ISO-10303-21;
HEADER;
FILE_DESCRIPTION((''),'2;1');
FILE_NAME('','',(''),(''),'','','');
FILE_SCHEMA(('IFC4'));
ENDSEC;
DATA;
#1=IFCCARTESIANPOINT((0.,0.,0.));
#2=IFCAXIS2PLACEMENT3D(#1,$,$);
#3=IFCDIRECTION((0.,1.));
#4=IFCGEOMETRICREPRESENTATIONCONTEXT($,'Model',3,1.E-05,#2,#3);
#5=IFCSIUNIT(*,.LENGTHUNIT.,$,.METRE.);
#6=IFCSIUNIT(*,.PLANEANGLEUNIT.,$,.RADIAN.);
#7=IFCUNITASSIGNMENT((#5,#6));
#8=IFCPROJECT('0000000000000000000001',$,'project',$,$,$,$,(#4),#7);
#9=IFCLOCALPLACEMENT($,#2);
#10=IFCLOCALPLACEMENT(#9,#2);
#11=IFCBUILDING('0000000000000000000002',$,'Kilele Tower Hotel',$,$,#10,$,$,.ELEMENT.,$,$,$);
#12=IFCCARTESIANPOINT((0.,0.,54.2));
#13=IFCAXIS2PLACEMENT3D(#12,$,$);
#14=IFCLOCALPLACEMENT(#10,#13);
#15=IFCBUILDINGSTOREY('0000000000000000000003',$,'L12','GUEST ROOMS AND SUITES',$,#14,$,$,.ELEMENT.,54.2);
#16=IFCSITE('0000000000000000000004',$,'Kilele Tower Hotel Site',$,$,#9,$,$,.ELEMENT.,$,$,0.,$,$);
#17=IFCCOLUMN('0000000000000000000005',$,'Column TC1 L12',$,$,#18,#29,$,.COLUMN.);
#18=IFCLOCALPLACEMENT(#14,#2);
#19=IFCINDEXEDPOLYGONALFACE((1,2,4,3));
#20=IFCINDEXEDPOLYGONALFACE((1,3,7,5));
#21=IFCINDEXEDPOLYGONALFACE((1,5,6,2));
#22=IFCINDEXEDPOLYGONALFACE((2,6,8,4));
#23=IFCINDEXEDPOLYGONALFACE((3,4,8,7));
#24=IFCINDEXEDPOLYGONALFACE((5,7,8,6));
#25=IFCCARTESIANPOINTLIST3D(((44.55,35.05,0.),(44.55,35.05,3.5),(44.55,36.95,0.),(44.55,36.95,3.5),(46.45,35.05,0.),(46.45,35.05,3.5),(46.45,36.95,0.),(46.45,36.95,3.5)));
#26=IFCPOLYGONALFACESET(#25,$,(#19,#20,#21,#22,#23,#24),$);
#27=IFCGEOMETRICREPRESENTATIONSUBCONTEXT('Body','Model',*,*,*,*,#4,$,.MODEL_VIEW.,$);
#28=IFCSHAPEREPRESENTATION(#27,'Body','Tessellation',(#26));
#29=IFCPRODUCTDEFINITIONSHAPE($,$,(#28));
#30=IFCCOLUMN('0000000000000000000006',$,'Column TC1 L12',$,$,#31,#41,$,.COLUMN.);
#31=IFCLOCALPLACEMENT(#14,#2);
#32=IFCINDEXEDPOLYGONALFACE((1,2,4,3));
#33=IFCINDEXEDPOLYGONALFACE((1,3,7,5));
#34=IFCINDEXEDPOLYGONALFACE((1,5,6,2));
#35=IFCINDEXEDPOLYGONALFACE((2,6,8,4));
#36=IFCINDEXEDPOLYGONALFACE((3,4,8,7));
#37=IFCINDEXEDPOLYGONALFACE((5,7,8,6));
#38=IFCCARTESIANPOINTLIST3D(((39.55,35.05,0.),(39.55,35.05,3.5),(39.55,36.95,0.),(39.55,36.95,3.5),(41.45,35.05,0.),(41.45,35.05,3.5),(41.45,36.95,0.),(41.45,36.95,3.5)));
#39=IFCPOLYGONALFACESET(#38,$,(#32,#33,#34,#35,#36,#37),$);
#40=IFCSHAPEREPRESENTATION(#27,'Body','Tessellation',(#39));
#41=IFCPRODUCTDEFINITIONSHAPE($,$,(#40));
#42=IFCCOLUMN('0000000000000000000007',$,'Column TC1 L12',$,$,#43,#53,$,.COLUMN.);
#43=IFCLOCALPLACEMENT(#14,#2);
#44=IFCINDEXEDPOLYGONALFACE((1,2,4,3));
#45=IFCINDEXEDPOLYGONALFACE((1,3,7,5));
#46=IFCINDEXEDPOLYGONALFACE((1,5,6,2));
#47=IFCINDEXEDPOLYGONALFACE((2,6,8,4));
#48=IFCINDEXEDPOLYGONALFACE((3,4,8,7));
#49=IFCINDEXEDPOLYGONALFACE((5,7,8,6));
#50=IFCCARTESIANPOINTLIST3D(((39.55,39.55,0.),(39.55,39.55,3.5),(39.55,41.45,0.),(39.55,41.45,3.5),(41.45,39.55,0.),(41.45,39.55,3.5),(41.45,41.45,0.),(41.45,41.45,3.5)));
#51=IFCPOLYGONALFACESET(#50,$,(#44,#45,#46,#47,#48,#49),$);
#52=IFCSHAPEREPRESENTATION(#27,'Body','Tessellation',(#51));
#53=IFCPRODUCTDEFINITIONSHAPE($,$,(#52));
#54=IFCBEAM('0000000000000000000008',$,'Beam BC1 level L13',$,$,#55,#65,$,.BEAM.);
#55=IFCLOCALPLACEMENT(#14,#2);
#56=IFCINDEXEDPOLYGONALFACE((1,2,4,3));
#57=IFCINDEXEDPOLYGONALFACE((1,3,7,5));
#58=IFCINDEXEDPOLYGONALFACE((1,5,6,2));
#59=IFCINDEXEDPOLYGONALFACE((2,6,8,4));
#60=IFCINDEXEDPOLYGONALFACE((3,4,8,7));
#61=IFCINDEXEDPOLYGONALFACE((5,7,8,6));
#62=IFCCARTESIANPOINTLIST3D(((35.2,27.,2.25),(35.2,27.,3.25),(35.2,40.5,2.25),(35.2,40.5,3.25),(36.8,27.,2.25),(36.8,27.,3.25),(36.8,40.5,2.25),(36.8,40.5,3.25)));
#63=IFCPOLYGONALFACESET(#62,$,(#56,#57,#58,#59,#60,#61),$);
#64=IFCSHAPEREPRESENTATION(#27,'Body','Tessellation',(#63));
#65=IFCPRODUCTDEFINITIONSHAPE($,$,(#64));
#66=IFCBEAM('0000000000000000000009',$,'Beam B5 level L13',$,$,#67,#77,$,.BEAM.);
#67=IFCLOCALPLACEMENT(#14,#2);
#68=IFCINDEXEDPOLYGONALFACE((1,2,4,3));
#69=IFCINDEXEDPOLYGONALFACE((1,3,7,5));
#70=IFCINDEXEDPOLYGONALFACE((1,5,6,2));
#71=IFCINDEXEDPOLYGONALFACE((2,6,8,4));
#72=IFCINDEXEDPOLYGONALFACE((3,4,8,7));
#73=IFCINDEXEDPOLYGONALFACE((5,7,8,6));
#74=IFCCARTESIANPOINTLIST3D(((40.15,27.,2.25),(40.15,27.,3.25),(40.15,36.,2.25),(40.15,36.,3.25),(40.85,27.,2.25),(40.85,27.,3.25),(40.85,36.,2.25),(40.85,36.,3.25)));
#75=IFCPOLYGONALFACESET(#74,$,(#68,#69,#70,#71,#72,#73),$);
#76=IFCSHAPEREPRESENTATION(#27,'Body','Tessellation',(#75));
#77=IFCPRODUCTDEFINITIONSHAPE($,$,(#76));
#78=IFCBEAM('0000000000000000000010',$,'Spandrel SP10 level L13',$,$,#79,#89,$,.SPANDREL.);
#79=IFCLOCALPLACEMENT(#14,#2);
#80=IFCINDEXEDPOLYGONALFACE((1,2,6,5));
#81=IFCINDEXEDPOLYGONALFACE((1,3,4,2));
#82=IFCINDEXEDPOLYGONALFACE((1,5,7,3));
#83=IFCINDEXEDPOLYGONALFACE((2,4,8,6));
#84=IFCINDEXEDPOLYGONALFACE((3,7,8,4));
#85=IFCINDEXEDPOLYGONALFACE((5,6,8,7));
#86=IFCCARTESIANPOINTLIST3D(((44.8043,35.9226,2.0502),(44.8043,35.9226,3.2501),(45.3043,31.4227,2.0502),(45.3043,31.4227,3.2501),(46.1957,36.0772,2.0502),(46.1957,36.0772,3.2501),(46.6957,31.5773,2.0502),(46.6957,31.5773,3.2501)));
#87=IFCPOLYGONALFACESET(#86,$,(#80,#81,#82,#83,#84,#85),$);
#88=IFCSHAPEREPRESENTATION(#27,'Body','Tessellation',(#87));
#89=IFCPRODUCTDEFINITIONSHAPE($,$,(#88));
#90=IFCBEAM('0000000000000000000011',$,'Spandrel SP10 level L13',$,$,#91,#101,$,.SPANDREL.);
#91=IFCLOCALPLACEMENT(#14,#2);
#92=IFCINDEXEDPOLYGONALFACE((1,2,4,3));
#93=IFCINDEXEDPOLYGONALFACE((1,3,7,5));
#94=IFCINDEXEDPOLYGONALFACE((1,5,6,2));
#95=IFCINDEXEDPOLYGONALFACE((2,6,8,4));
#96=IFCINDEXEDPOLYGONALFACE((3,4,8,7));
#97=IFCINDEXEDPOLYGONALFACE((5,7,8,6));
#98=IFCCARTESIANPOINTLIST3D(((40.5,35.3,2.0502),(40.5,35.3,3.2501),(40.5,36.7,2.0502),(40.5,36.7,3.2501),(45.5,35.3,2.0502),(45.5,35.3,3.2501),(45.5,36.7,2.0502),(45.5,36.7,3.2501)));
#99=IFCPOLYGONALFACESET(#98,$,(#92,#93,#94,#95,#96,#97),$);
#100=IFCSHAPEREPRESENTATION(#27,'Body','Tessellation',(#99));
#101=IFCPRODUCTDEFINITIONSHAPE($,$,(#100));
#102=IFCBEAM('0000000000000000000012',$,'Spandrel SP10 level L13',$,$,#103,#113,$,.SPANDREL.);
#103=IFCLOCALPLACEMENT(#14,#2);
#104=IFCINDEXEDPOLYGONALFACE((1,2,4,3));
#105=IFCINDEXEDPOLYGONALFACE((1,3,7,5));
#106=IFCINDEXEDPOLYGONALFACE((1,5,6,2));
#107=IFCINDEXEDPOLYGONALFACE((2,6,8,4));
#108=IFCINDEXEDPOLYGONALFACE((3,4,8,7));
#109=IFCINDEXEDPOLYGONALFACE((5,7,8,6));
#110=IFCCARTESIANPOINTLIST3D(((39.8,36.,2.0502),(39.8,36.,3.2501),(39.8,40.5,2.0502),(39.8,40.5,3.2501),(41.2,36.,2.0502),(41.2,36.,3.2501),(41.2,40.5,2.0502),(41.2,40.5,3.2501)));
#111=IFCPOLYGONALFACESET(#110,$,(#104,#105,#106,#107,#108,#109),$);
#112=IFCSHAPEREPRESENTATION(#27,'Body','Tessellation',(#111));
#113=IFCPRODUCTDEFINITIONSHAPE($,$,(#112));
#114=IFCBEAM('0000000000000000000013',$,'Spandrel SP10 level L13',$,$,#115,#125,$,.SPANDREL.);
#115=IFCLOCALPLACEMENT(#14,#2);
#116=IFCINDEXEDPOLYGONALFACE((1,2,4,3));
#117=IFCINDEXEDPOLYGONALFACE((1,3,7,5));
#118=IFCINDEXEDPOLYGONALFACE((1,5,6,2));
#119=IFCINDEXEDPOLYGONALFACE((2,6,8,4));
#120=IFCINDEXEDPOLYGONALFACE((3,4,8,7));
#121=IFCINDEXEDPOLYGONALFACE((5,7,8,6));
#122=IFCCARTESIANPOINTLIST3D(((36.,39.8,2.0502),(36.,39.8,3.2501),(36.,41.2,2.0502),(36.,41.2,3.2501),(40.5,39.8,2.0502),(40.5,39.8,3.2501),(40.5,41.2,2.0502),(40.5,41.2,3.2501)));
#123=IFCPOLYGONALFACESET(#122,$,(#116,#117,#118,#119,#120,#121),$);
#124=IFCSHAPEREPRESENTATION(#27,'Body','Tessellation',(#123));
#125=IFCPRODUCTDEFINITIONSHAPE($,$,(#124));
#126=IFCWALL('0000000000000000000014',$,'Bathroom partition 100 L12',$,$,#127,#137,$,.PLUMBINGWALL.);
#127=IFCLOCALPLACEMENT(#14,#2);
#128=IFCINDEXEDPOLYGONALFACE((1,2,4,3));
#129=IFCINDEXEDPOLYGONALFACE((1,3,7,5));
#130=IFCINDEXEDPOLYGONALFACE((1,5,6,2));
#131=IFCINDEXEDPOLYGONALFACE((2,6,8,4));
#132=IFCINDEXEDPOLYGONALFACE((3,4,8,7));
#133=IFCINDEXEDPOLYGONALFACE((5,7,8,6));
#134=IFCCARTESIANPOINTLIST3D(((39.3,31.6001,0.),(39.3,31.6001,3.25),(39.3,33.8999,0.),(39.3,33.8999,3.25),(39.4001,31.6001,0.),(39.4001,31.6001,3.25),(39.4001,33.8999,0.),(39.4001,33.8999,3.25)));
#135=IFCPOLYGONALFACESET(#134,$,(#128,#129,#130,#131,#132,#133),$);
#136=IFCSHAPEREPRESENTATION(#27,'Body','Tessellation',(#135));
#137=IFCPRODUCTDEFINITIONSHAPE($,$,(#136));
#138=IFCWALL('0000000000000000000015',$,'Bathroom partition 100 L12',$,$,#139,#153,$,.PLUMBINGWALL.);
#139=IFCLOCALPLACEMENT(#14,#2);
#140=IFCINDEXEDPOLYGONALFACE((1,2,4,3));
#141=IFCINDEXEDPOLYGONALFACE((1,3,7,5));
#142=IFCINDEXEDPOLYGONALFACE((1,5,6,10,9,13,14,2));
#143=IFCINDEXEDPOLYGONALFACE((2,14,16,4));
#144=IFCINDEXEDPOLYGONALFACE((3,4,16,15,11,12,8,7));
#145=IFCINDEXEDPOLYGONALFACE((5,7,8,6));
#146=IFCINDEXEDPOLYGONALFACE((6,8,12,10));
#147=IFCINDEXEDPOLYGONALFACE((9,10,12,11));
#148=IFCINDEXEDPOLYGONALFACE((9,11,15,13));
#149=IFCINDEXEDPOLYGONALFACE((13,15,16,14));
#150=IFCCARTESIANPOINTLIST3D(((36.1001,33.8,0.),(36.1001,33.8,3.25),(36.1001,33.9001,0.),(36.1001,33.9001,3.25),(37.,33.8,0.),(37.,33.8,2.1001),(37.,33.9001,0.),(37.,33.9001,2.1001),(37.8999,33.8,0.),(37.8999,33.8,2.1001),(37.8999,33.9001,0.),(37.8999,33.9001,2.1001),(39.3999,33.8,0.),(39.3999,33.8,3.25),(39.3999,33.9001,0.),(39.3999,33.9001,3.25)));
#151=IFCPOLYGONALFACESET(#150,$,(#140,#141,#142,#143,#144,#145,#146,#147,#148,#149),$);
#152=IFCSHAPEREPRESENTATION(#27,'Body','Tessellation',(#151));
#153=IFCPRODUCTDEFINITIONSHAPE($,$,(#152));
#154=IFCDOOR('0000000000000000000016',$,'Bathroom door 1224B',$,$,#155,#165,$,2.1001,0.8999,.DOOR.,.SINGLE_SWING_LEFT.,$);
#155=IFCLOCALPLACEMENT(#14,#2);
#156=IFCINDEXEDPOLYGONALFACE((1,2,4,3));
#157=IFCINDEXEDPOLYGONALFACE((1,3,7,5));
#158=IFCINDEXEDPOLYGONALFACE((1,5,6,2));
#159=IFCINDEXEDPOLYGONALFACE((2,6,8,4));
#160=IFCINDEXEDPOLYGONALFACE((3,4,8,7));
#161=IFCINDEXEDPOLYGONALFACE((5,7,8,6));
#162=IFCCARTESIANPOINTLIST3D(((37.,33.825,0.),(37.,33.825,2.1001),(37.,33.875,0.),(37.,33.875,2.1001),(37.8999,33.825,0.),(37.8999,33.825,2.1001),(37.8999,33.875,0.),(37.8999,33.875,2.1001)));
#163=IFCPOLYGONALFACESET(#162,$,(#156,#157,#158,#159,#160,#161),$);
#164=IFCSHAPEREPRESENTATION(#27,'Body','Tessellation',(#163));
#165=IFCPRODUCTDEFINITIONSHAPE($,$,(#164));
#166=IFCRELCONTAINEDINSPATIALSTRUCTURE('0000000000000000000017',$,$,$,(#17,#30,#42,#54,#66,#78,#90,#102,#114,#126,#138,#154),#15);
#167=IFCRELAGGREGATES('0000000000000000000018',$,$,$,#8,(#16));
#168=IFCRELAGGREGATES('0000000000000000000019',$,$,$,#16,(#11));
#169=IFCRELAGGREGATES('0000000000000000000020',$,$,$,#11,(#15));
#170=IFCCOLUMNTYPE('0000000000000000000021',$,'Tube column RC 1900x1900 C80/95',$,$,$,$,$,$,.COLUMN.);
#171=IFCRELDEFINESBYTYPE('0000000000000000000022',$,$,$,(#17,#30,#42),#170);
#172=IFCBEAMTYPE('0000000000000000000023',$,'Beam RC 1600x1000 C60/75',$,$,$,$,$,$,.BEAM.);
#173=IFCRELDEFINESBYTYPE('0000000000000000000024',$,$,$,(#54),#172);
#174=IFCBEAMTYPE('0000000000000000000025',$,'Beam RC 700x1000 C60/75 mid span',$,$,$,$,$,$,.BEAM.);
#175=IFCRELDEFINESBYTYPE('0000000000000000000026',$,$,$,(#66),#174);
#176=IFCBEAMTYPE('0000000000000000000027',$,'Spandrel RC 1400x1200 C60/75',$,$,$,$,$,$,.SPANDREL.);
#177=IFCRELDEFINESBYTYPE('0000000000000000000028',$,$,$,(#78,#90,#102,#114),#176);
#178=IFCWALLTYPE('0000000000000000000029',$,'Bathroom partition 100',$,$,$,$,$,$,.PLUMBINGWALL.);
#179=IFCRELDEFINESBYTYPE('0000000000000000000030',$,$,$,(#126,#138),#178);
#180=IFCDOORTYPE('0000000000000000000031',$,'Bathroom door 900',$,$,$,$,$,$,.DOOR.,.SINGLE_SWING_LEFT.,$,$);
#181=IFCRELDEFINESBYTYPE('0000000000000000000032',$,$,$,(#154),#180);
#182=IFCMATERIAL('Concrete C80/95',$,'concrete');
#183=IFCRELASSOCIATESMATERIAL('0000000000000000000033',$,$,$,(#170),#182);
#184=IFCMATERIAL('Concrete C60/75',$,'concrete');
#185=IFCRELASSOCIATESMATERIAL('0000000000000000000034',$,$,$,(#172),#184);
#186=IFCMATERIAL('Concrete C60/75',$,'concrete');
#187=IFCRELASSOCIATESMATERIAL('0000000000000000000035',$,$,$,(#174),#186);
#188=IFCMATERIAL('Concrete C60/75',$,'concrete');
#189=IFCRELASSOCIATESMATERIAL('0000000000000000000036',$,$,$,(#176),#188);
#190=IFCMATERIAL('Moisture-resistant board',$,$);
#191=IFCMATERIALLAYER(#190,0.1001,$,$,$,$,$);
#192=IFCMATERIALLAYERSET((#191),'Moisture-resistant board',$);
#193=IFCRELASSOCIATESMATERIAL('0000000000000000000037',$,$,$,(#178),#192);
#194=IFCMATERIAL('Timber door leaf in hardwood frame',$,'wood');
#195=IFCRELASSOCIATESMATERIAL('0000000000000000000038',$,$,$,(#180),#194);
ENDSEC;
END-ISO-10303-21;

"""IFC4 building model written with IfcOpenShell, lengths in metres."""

from ifc_helpers import new_model, si_unit, direction, frame, frame_2d, origin, origin_2d, place, context, subcontext, project, spatial, rectangle, extrude, material, layer, layer_set, material_profile, profile_set, type_object, element, fill, save


model = new_model("IFC4")

# Units and contexts
model_context = context("Model", 3, precision=1e-05, world=origin(), true_north=direction((0.0, 1.0)))
body_context = subcontext(model_context, "Body", "Model", "MODEL_VIEW")
ifc_project = project(units=[si_unit("LENGTHUNIT", "METRE"), si_unit("PLANEANGLEUNIT", "RADIAN")], contexts=[model_context])

# Site, building, storey
site_placement = place(None, origin())
site = spatial("IfcSite", under=ifc_project, at=site_placement, Name="Kilele Tower Hotel Site", CompositionType="ELEMENT", RefElevation=0.0)
building_placement = place(site_placement, origin())
building = spatial("IfcBuilding", under=site, at=building_placement, Name="Kilele Tower Hotel", CompositionType="ELEMENT")
storey_placement = place(building_placement, frame((0.0, 0.0, 54.2)))
storey = spatial("IfcBuildingStorey", under=building, at=storey_placement, Name="L12", Description="GUEST ROOMS AND SUITES", CompositionType="ELEMENT", Elevation=54.2)

# Columns
ifc_material_1 = material(Name="Concrete C80/95", Category="concrete")
ifc_material_profile_1 = material_profile(ifc_material_1, rectangle(XDim=1.8999, YDim=1.8999, at=origin_2d()))
ifc_profile_set_1 = profile_set([ifc_material_profile_1], Name="Concrete C80/95")
column_type = type_object("IfcColumnType", Name="Tube column RC 1900x1900 C80/95", PredefinedType="COLUMN", material=ifc_profile_set_1)
for number, where, z_axis, x_axis, name in (
    (1, (45.5, 36.0, 0.0), (0.0, 0.0, 1.0), (1.0, 0.0, 0.0), "Column TC1 L12"),
    (2, (40.5, 36.0, 0.0), (0.0, 0.0, 1.0), (1.0, 0.0, 0.0), "Column TC1 L12"),
    (3, (40.5, 40.5, 0.0), (0.0, 0.0, 1.0), (1.0, 0.0, 0.0), "Column TC1 L12"),
):
    element("IfcColumn", number, at=place(storey_placement, frame(where, z_axis=z_axis, x_axis=x_axis)), inside=storey, type_object=column_type, Name=name, PredefinedType="COLUMN", context=body_context, shape_type="SweptSolid", body=[
        extrude(rectangle(XDim=1.8999, YDim=1.8999, at=origin_2d()), origin(), (0.0, 0.0, 1.0), 3.5),
    ])

# Beams
ifc_material_2 = material(Name="Concrete C60/75", Category="concrete")
ifc_material_profile_2 = material_profile(ifc_material_2, rectangle(XDim=1.6001, YDim=1.0, at=origin_2d()))
ifc_profile_set_2 = profile_set([ifc_material_profile_2], Name="Concrete C60/75")
beam_type_1 = type_object("IfcBeamType", Name="Beam RC 1600x1000 C60/75", PredefinedType="BEAM", material=ifc_profile_set_2)
beam_1_placement = place(storey_placement, frame((36.0, 40.5, 2.75), z_axis=(0.0, -1.0, 0.0), x_axis=(1.0, 0.0, 0.0)))
element("IfcBeam", 4, at=beam_1_placement, inside=storey, type_object=beam_type_1, Name="Beam BC1 level L13", PredefinedType="BEAM", context=body_context, shape_type="SweptSolid", body=[
    extrude(rectangle(XDim=1.6001, YDim=1.0, at=origin_2d()), origin(), (0.0, 0.0, 1.0), 13.5),
])
ifc_material_3 = material(Name="Concrete C60/75", Category="concrete")
ifc_material_profile_3 = material_profile(ifc_material_3, rectangle(XDim=0.7, YDim=1.0, at=origin_2d()))
ifc_profile_set_3 = profile_set([ifc_material_profile_3], Name="Concrete C60/75")
beam_type_2 = type_object("IfcBeamType", Name="Beam RC 700x1000 C60/75 mid span", PredefinedType="BEAM", material=ifc_profile_set_3)
beam_2_placement = place(storey_placement, frame((40.5, 36.0, 2.75), z_axis=(0.0, -1.0, 0.0), x_axis=(1.0, 0.0, 0.0)))
element("IfcBeam", 5, at=beam_2_placement, inside=storey, type_object=beam_type_2, Name="Beam B5 level L13", PredefinedType="BEAM", context=body_context, shape_type="SweptSolid", body=[
    extrude(rectangle(XDim=0.7, YDim=1.0, at=origin_2d()), origin(), (0.0, 0.0, 1.0), 9.0),
])
ifc_material_4 = material(Name="Concrete C60/75", Category="concrete")
ifc_material_profile_4 = material_profile(ifc_material_4, rectangle(XDim=1.3999, YDim=1.2, at=origin_2d()))
ifc_profile_set_4 = profile_set([ifc_material_profile_4], Name="Concrete C60/75")
beam_type_3 = type_object("IfcBeamType", Name="Spandrel RC 1400x1200 C60/75", PredefinedType="SPANDREL", material=ifc_profile_set_4)
beam_3_placement = place(storey_placement, frame((46.0, 31.5, 2.6501), z_axis=(-0.110432, 0.993884, 0.0), x_axis=(-0.993884, -0.110432, 0.0)))
element("IfcBeam", 6, at=beam_3_placement, inside=storey, type_object=beam_type_3, Name="Spandrel SP10 level L13", PredefinedType="SPANDREL", context=body_context, shape_type="SweptSolid", body=[
    extrude(rectangle(XDim=1.3999, YDim=1.2, at=origin_2d()), origin(), (0.0, 0.0, 1.0), 4.5276),
])
beam_4_placement = place(storey_placement, frame((45.5, 36.0, 2.6501), z_axis=(-1.0, 0.0, 0.0), x_axis=(0.0, -1.0, 0.0)))
element("IfcBeam", 7, at=beam_4_placement, inside=storey, type_object=beam_type_3, Name="Spandrel SP10 level L13", PredefinedType="SPANDREL", context=body_context, shape_type="SweptSolid", body=[
    extrude(rectangle(XDim=1.3999, YDim=1.2, at=origin_2d()), origin(), (0.0, 0.0, 1.0), 5.0),
])
for number, where, z_axis, x_axis, name in (
    (8, (40.5, 36.0, 2.6501), (0.0, 1.0, 0.0), (-1.0, 0.0, 0.0), "Spandrel SP10 level L13"),
    (9, (40.5, 40.5, 2.6501), (-1.0, 0.0, 0.0), (0.0, -1.0, 0.0), "Spandrel SP10 level L13"),
):
    element("IfcBeam", number, at=place(storey_placement, frame(where, z_axis=z_axis, x_axis=x_axis)), inside=storey, type_object=beam_type_3, Name=name, PredefinedType="SPANDREL", context=body_context, shape_type="SweptSolid", body=[
        extrude(rectangle(XDim=1.3999, YDim=1.2, at=origin_2d()), origin(), (0.0, 0.0, 1.0), 4.5),
    ])

# Wall
ifc_material_5 = material(Name="Moisture-resistant board")
ifc_layer_1 = layer(ifc_material_5, 0.1001)
ifc_layer_set_1 = layer_set([ifc_layer_1], Name="Moisture-resistant board")
wall_type_1 = type_object("IfcWallType", Name="Bathroom partition 100", PredefinedType="PLUMBINGWALL", material=ifc_layer_set_1)
wall_1_placement = place(storey_placement, frame((39.3501, 31.6001, 0.0), z_axis=(0.0, 0.0, 1.0), x_axis=(0.0, 1.0, 0.0)))
element("IfcWall", 10, at=wall_1_placement, inside=storey, type_object=wall_type_1, Name="Bathroom partition 100 L12", PredefinedType="PLUMBINGWALL", context=body_context, shape_type="SweptSolid", body=[
    extrude(rectangle(XDim=2.2998, YDim=0.1001, at=frame_2d((1.1499, 0.0))), origin(), (0.0, 0.0, 1.0), 3.25),
])

# Wall, opening, door
wall_2_placement = place(storey_placement, frame((36.1001, 33.8501, 0.0), z_axis=(0.0, 0.0, 1.0), x_axis=(1.0, 0.0, 0.0)))
wall_2 = element("IfcWall", 11, at=wall_2_placement, inside=storey, type_object=wall_type_1, Name="Bathroom partition 100 L12", PredefinedType="PLUMBINGWALL", context=body_context, shape_type="SweptSolid", body=[
    extrude(rectangle(XDim=3.2998, YDim=0.1001, at=frame_2d((1.6499, 0.0))), origin(), (0.0, 0.0, 1.0), 3.25),
])
opening_1_placement = place(wall_2_placement, frame((0.8999, 0.0, 0.0)))
opening_1 = element("IfcOpeningElement", 12, at=opening_1_placement, cuts=wall_2, PredefinedType="OPENING", context=body_context, shape_type="SweptSolid", body=[
    extrude(rectangle(XDim=0.8999, YDim=2.1001, at=frame_2d((0.45, 1.05))), frame((0.0, 0.0601, 0.0), z_axis=(0.0, -1.0, 0.0), x_axis=(1.0, 0.0, 0.0)), (0.0, 0.0, 1.0), 0.1201),
])
ifc_material_6 = material(Name="Timber door leaf in hardwood frame", Category="wood")
door_type_1 = type_object("IfcDoorType", Name="Bathroom door 900", OperationType="SINGLE_SWING_LEFT", PredefinedType="DOOR", material=ifc_material_6)
door_1_placement = place(opening_1_placement, origin())
door_1 = element("IfcDoor", 13, at=door_1_placement, inside=storey, type_object=door_type_1, Name="Bathroom door 1224B", OperationType="SINGLE_SWING_LEFT", OverallHeight=2.1001, OverallWidth=0.8999, PredefinedType="DOOR", context=body_context, shape_type="SweptSolid", body=[
    extrude(rectangle(XDim=0.8999, YDim=2.1001, at=frame_2d((0.45, 1.05))), frame((0.0, 0.0249, 0.0), z_axis=(0.0, -1.0, 0.0), x_axis=(1.0, 0.0, 0.0)), (0.0, 0.0, 1.0), 0.05),
])
fill(opening_1, door_1)

save(model, "model.ifc")
